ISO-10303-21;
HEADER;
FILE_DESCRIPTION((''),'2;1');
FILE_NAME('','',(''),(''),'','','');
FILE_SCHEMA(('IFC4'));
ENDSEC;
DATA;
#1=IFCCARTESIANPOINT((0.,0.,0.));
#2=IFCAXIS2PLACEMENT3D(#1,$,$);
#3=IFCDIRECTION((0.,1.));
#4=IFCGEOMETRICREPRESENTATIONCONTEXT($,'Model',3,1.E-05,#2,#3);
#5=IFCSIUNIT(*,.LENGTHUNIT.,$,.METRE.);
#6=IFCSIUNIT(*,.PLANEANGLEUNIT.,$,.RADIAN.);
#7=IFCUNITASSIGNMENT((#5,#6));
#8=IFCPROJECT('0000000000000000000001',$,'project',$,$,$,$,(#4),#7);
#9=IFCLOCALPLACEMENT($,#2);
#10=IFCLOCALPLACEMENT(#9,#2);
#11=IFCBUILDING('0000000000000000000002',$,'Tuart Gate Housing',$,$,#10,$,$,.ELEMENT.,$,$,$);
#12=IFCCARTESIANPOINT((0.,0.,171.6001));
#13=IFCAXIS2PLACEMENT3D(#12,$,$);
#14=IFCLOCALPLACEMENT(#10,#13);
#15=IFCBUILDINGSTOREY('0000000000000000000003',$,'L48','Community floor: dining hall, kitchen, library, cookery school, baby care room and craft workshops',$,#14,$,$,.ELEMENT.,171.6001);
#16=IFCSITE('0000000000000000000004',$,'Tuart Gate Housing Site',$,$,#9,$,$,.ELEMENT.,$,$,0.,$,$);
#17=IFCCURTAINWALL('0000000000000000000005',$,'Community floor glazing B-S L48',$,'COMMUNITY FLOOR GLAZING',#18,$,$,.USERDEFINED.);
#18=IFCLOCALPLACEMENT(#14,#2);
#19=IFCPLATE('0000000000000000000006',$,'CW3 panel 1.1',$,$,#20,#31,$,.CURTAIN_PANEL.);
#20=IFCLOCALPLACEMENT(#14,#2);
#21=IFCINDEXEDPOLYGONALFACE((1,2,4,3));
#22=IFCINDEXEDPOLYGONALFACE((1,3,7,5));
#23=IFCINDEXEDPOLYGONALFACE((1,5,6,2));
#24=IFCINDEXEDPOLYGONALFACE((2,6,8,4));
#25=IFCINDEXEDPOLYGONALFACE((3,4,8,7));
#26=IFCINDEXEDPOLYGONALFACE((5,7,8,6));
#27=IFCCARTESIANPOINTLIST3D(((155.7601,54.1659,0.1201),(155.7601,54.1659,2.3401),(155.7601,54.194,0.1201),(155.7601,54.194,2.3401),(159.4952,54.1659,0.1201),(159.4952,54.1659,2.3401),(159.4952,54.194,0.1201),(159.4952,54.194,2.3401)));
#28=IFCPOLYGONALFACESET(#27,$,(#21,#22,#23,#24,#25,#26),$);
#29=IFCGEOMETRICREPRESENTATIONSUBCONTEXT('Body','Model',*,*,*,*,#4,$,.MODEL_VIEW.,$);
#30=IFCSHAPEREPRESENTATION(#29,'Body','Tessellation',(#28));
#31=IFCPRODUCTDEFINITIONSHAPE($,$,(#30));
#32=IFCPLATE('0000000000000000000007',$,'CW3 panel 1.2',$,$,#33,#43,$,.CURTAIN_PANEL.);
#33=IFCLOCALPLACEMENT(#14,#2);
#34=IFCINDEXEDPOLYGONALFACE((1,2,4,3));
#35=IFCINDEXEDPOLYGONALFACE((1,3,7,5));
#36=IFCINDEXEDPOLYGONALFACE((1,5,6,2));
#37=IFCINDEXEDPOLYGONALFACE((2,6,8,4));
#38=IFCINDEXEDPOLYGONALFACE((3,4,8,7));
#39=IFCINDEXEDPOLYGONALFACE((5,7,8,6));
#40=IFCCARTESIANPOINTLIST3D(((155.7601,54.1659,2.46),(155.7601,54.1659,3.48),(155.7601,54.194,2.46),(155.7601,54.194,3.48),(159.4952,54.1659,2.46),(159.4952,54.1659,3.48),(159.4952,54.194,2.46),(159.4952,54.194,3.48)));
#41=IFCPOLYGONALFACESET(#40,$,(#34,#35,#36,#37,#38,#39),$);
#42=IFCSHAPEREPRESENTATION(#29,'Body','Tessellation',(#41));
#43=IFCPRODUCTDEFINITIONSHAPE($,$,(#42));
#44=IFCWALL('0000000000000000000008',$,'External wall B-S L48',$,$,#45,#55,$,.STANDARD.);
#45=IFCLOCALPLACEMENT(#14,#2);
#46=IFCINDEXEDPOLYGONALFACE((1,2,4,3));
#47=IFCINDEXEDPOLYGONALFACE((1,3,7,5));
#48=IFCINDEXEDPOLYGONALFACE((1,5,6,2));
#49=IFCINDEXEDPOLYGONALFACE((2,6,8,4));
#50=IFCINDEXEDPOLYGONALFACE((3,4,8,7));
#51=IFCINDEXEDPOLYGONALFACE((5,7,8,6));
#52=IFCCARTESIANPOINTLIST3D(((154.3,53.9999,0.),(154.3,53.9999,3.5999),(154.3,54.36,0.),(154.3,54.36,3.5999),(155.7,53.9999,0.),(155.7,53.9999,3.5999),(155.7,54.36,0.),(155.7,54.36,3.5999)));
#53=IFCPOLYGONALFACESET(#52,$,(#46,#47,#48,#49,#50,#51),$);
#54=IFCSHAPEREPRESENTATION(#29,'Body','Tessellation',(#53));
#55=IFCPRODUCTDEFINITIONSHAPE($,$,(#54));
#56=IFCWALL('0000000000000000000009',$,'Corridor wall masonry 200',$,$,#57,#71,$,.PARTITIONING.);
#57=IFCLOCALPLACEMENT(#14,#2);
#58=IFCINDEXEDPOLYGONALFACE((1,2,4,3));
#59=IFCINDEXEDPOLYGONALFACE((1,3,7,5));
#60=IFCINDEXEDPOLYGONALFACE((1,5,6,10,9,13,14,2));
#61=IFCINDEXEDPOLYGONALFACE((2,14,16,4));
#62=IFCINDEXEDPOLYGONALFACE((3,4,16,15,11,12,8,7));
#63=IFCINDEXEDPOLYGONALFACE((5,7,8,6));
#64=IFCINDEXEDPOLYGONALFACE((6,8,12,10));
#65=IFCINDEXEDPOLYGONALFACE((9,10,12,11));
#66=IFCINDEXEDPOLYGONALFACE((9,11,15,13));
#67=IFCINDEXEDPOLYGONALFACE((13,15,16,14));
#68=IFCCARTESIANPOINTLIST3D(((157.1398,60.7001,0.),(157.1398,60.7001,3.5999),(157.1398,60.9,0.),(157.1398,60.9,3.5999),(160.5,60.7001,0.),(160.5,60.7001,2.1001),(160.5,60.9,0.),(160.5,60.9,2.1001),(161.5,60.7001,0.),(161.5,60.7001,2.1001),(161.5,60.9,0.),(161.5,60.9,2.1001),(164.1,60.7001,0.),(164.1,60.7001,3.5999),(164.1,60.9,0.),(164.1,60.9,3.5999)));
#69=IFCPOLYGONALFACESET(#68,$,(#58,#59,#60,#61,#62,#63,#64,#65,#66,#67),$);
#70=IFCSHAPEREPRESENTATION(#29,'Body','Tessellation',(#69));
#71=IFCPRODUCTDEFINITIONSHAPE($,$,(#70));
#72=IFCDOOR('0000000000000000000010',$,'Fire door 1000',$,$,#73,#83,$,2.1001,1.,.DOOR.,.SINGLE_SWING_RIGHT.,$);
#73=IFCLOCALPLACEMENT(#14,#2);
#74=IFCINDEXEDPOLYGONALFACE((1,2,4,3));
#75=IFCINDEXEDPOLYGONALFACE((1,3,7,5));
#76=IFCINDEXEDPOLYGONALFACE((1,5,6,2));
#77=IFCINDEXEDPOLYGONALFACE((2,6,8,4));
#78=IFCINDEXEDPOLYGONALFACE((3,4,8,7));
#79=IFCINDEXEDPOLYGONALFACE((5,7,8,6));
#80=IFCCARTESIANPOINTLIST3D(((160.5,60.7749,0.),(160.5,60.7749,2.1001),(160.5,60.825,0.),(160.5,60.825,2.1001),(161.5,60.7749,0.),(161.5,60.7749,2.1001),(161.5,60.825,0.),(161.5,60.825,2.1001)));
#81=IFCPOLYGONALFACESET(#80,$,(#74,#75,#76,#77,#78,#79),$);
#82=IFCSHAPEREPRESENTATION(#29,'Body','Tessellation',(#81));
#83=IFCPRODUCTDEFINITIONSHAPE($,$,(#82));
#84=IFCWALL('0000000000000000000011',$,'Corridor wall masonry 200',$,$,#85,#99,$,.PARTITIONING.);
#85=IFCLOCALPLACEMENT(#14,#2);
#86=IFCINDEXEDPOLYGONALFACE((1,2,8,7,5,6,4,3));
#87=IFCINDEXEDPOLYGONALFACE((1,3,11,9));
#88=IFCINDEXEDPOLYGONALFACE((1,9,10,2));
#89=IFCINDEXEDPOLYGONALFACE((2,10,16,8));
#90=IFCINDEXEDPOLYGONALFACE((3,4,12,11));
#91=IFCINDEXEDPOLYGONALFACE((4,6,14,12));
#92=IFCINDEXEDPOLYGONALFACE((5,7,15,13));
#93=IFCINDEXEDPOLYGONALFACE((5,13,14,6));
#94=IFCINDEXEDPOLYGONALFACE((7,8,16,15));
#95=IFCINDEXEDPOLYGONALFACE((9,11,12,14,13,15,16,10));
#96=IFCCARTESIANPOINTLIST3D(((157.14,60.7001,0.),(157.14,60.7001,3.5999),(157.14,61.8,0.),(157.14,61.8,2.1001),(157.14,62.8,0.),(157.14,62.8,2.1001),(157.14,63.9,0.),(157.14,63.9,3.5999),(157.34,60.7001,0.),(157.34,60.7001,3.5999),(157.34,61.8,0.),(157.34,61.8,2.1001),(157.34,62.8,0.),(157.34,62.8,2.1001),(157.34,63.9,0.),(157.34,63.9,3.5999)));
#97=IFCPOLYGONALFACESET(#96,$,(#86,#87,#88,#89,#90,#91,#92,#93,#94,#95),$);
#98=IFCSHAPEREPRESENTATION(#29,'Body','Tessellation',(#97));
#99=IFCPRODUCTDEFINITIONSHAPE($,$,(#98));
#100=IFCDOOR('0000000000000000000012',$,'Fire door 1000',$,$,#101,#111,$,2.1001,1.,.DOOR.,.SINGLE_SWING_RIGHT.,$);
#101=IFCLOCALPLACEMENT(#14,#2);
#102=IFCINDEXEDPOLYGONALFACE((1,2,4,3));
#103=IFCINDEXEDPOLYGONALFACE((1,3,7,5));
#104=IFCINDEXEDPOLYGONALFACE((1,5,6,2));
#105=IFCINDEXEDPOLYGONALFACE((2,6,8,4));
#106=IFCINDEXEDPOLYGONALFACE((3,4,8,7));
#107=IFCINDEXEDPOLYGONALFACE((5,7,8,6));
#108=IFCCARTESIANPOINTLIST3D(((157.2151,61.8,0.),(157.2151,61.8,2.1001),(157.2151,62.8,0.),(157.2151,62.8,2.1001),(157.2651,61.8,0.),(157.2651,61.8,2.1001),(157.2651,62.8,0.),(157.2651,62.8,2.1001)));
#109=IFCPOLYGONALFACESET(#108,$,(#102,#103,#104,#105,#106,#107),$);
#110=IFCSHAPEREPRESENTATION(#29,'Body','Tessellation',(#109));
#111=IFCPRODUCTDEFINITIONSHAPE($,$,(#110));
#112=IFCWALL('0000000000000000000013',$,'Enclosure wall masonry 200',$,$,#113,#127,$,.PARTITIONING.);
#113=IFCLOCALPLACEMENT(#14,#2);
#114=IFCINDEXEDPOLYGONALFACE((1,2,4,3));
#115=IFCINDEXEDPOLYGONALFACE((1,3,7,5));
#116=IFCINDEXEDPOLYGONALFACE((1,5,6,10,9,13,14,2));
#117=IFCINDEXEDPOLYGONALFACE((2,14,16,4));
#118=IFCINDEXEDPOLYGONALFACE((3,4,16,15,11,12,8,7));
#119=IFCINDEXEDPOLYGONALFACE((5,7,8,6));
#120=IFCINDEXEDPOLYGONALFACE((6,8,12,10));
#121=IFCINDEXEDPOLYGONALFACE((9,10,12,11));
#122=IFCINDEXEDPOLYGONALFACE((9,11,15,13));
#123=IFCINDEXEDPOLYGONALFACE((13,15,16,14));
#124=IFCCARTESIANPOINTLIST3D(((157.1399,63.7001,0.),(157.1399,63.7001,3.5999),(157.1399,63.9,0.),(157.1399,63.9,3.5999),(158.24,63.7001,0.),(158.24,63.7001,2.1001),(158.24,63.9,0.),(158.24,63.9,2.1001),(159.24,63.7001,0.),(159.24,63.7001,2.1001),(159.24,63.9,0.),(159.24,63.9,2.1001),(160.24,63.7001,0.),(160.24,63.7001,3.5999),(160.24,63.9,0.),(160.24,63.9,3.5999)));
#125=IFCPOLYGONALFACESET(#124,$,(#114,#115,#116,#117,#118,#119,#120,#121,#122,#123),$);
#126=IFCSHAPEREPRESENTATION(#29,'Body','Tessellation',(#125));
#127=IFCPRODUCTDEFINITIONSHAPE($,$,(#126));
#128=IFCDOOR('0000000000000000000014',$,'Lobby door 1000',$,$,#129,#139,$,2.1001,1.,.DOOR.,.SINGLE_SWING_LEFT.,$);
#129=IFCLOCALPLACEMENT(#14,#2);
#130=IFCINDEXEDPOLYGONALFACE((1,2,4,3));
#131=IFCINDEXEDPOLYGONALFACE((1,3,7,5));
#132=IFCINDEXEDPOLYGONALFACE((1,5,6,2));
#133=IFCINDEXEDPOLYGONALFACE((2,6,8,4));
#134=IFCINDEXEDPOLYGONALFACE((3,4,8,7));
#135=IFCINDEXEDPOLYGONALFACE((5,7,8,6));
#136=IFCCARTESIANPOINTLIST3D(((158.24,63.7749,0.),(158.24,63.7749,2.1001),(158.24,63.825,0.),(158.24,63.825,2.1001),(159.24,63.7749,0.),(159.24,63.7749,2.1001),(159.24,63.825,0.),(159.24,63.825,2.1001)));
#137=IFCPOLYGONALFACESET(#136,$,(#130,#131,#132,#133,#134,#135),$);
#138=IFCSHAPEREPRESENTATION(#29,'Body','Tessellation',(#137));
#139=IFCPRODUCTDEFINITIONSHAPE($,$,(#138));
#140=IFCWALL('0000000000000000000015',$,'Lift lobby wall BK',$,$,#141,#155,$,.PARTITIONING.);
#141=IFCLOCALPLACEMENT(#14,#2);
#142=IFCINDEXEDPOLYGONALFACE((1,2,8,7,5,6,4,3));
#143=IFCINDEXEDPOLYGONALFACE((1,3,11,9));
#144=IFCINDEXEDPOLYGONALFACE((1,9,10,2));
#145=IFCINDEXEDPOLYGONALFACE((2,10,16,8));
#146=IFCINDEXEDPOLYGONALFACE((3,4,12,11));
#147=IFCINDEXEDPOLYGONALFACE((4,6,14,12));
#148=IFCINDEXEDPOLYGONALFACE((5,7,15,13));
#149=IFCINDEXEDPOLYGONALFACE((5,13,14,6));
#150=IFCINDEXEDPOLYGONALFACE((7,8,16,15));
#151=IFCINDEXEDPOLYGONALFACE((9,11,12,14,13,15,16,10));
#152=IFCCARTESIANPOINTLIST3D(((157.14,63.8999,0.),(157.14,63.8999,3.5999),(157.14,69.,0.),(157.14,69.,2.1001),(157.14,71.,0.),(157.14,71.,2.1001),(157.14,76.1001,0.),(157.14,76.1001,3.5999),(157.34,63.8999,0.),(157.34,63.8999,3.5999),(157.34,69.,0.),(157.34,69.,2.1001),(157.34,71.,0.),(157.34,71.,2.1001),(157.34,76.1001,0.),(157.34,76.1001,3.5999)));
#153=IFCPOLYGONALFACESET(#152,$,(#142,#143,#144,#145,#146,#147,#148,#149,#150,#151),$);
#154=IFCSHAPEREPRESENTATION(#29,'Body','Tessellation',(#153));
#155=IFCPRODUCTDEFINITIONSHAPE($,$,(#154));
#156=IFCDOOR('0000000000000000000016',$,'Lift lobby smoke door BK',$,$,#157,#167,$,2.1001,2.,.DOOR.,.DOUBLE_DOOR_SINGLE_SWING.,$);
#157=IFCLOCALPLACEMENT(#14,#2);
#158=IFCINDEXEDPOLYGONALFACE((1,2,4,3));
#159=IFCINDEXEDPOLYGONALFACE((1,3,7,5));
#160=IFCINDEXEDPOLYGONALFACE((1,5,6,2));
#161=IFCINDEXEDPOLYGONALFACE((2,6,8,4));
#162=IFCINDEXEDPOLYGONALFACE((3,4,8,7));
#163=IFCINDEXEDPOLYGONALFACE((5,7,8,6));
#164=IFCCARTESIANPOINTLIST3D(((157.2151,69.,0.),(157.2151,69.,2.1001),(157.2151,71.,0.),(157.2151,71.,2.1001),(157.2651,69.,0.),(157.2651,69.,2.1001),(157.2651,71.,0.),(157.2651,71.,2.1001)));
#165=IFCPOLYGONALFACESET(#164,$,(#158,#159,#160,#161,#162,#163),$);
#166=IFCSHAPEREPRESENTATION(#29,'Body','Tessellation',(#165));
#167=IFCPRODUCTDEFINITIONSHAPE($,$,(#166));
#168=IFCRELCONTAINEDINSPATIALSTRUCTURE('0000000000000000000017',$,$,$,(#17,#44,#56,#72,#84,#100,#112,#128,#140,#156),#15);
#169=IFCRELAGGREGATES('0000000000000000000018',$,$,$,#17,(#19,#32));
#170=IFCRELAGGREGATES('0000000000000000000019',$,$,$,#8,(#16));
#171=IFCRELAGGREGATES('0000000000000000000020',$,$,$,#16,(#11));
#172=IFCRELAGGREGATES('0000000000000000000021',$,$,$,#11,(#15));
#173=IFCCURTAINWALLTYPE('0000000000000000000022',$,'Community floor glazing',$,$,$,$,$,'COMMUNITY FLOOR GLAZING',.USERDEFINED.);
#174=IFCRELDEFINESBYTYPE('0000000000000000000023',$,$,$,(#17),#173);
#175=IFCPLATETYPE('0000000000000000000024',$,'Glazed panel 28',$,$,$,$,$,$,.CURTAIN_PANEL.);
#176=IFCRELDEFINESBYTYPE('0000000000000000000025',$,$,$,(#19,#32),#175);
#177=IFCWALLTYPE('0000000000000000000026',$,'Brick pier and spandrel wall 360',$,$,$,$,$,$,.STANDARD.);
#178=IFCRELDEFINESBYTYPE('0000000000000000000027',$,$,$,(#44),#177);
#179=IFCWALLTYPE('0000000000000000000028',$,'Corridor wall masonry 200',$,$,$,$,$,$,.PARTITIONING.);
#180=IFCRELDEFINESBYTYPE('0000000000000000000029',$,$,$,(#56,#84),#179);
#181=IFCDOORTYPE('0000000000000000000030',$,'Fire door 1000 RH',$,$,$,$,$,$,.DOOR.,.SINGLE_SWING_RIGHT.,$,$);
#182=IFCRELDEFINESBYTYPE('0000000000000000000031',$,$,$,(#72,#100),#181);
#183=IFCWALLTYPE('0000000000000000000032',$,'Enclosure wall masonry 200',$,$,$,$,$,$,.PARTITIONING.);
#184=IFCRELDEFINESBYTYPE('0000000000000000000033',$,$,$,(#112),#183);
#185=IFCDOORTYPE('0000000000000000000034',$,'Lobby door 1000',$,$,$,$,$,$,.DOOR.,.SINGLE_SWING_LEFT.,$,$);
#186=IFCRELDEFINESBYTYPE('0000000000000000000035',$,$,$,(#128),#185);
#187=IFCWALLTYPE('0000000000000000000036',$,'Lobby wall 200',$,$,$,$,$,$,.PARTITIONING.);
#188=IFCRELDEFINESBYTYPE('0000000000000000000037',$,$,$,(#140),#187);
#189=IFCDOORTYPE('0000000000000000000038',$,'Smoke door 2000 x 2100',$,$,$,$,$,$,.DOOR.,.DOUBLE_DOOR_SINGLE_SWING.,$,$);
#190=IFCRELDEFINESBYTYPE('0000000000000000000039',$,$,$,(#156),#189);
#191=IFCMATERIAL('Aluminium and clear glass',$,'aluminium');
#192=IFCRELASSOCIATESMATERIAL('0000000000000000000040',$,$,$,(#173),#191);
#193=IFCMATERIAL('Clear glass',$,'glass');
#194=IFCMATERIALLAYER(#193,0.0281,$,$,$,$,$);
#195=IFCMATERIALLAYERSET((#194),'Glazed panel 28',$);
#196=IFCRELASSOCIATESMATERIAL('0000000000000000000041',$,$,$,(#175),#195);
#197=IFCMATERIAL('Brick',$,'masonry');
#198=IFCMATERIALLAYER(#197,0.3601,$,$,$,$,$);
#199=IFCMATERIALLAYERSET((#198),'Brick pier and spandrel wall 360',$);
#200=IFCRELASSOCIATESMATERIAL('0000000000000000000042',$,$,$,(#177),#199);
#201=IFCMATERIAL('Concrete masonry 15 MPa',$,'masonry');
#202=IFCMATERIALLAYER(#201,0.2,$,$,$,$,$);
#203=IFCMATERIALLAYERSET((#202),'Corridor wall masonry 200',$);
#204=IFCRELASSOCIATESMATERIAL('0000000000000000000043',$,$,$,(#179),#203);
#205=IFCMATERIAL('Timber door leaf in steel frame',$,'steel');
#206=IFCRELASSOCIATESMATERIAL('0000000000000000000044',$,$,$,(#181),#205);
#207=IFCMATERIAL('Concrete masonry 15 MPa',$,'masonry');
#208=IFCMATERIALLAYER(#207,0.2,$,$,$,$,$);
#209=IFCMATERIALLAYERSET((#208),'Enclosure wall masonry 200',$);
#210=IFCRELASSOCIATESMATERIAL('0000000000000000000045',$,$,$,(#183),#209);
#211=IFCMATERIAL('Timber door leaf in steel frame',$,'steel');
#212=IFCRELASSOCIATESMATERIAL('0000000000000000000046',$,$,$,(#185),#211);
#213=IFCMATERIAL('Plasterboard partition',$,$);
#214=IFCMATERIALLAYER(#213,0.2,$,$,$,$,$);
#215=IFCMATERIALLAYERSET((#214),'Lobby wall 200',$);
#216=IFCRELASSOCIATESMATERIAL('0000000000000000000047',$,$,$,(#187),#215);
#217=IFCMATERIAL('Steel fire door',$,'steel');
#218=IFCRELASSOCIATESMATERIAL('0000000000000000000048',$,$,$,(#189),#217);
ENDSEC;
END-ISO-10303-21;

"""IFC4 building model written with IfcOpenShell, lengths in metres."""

from ifc_helpers import new_model, si_unit, direction, frame, frame_2d, origin, origin_2d, place, context, subcontext, project, spatial, rectangle, extrude, material, layer, layer_set, type_object, element, fill, aggregate, save


model = new_model("IFC4")

# Units and contexts
model_context = context("Model", 3, precision=1e-05, world=origin(), true_north=direction((0.0, 1.0)))
body_context = subcontext(model_context, "Body", "Model", "MODEL_VIEW")
ifc_project = project(units=[si_unit("LENGTHUNIT", "METRE"), si_unit("PLANEANGLEUNIT", "RADIAN")], contexts=[model_context])

# Site, building, storey
site_placement = place(None, origin())
site = spatial("IfcSite", under=ifc_project, at=site_placement, Name="Tuart Gate Housing Site", CompositionType="ELEMENT", RefElevation=0.0)
building_placement = place(site_placement, origin())
building = spatial("IfcBuilding", under=site, at=building_placement, Name="Tuart Gate Housing", CompositionType="ELEMENT")
storey_placement = place(building_placement, frame((0.0, 0.0, 171.6001)))
storey = spatial("IfcBuildingStorey", under=building, at=storey_placement, Name="L48", Description="Community floor: dining hall, kitchen, library, cookery school, baby care room and craft workshops", CompositionType="ELEMENT", Elevation=171.6001)

# Shared definitions
ifc_material_1 = material(Name="Aluminium and clear glass", Category="aluminium")
curtain_wall_type = type_object("IfcCurtainWallType", Name="Community floor glazing", ElementType="COMMUNITY FLOOR GLAZING", PredefinedType="USERDEFINED", material=ifc_material_1)

# Curtain wall
curtain_wall_1_placement = place(storey_placement, origin())
curtain_wall_1 = element("IfcCurtainWall", 1, at=curtain_wall_1_placement, inside=storey, type_object=curtain_wall_type, Name="Community floor glazing B-S L48", ObjectType="COMMUNITY FLOOR GLAZING", PredefinedType="USERDEFINED")

# Plates
ifc_material_2 = material(Name="Clear glass", Category="glass")
ifc_layer_1 = layer(ifc_material_2, 0.0281)
ifc_layer_set_1 = layer_set([ifc_layer_1], Name="Glazed panel 28")
plate_type = type_object("IfcPlateType", Name="Glazed panel 28", PredefinedType="CURTAIN_PANEL", material=ifc_layer_set_1)
plate_1_placement = place(storey_placement, frame((157.6277, 54.1799, 0.1201), z_axis=(0.0, 0.0, 1.0), x_axis=(1.0, 0.0, 0.0)))
plate_1 = element("IfcPlate", 2, at=plate_1_placement, type_object=plate_type, Name="CW3 panel 1.1", PredefinedType="CURTAIN_PANEL", context=body_context, shape_type="SweptSolid", body=[
    extrude(rectangle(XDim=3.7351, YDim=0.0281, at=origin_2d()), origin(), (0.0, 0.0, 1.0), 2.22),
])
plate_2_placement = place(storey_placement, frame((157.6277, 54.1799, 2.46), z_axis=(0.0, 0.0, 1.0), x_axis=(1.0, 0.0, 0.0)))
plate_2 = element("IfcPlate", 3, at=plate_2_placement, type_object=plate_type, Name="CW3 panel 1.2", PredefinedType="CURTAIN_PANEL", context=body_context, shape_type="SweptSolid", body=[
    extrude(rectangle(XDim=3.7351, YDim=0.0281, at=origin_2d()), origin(), (0.0, 0.0, 1.0), 1.02),
])
aggregate(curtain_wall_1, [plate_1, plate_2])

# Wall
ifc_material_3 = material(Name="Brick", Category="masonry")
ifc_layer_2 = layer(ifc_material_3, 0.3601)
ifc_layer_set_2 = layer_set([ifc_layer_2], Name="Brick pier and spandrel wall 360")
wall_type_1 = type_object("IfcWallType", Name="Brick pier and spandrel wall 360", PredefinedType="STANDARD", material=ifc_layer_set_2)
wall_1_placement = place(storey_placement, frame((154.3, 54.1799, 0.0), z_axis=(0.0, 0.0, 1.0), x_axis=(1.0, 0.0, 0.0)))
element("IfcWall", 4, at=wall_1_placement, inside=storey, type_object=wall_type_1, Name="External wall B-S L48", PredefinedType="STANDARD", context=body_context, shape_type="SweptSolid", body=[
    extrude(rectangle(XDim=1.3999, YDim=0.3601, at=frame_2d((0.7, 0.0))), origin(), (0.0, 0.0, 1.0), 3.5999),
])

# Walls, openings, doors
ifc_material_4 = material(Name="Concrete masonry 15 MPa", Category="masonry")
ifc_layer_3 = layer(ifc_material_4, 0.2)
ifc_layer_set_3 = layer_set([ifc_layer_3], Name="Corridor wall masonry 200")
wall_type_2 = type_object("IfcWallType", Name="Corridor wall masonry 200", PredefinedType="PARTITIONING", material=ifc_layer_set_3)
wall_2_placement = place(storey_placement, frame((157.1399, 60.8, 0.0), z_axis=(0.0, 0.0, 1.0), x_axis=(1.0, 0.0, 0.0)))
wall_2 = element("IfcWall", 5, at=wall_2_placement, inside=storey, type_object=wall_type_2, Name="Corridor wall masonry 200", PredefinedType="PARTITIONING", context=body_context, shape_type="SweptSolid", body=[
    extrude(rectangle(XDim=6.9602, YDim=0.2, at=frame_2d((3.48, 0.0))), origin(), (0.0, 0.0, 1.0), 3.5999),
])
opening_1_placement = place(wall_2_placement, frame((3.3601, 0.0, 0.0)))
opening_1 = element("IfcOpeningElement", 6, at=opening_1_placement, cuts=wall_2, PredefinedType="OPENING", context=body_context, shape_type="SweptSolid", body=[
    extrude(rectangle(XDim=1.0, YDim=2.1001, at=frame_2d((0.5, 1.05))), frame((0.0, 0.1099, 0.0), z_axis=(0.0, -1.0, 0.0), x_axis=(1.0, 0.0, 0.0)), (0.0, 0.0, 1.0), 0.22),
])
ifc_material_5 = material(Name="Timber door leaf in steel frame", Category="steel")
door_type_1 = type_object("IfcDoorType", Name="Fire door 1000 RH", OperationType="SINGLE_SWING_RIGHT", PredefinedType="DOOR", material=ifc_material_5)
door_1_placement = place(opening_1_placement, frame((1.0, 0.0, 0.0), z_axis=(0.0, 0.0, 1.0), x_axis=(-1.0, 0.0, 0.0)))
door_1 = element("IfcDoor", 7, at=door_1_placement, inside=storey, type_object=door_type_1, Name="Fire door 1000", OperationType="SINGLE_SWING_RIGHT", OverallHeight=2.1001, OverallWidth=1.0, PredefinedType="DOOR", context=body_context, shape_type="SweptSolid", body=[
    extrude(rectangle(XDim=1.0, YDim=2.1001, at=frame_2d((0.5, 1.05))), frame((0.0, 0.0251, 0.0), z_axis=(0.0, -1.0, 0.0), x_axis=(1.0, 0.0, 0.0)), (0.0, 0.0, 1.0), 0.05),
])
fill(opening_1, door_1)
wall_3_placement = place(storey_placement, frame((157.24, 60.7, 0.0), z_axis=(0.0, 0.0, 1.0), x_axis=(0.0, 1.0, 0.0)))
wall_3 = element("IfcWall", 8, at=wall_3_placement, inside=storey, type_object=wall_type_2, Name="Corridor wall masonry 200", PredefinedType="PARTITIONING", context=body_context, shape_type="SweptSolid", body=[
    extrude(rectangle(XDim=3.2, YDim=0.2, at=frame_2d((1.6001, 0.0))), origin(), (0.0, 0.0, 1.0), 3.5999),
])
opening_2_placement = place(wall_3_placement, frame((1.1001, 0.0, 0.0)))
opening_2 = element("IfcOpeningElement", 9, at=opening_2_placement, cuts=wall_3, PredefinedType="OPENING", context=body_context, shape_type="SweptSolid", body=[
    extrude(rectangle(XDim=1.0, YDim=2.1001, at=frame_2d((0.5, 1.05))), frame((0.0, 0.1099, 0.0), z_axis=(0.0, -1.0, 0.0), x_axis=(1.0, 0.0, 0.0)), (0.0, 0.0, 1.0), 0.22),
])
door_2_placement = place(opening_2_placement, origin())
door_2 = element("IfcDoor", 10, at=door_2_placement, inside=storey, type_object=door_type_1, Name="Fire door 1000", OperationType="SINGLE_SWING_RIGHT", OverallHeight=2.1001, OverallWidth=1.0, PredefinedType="DOOR", context=body_context, shape_type="SweptSolid", body=[
    extrude(rectangle(XDim=1.0, YDim=2.1001, at=frame_2d((0.5, 1.05))), frame((0.0, 0.0249, 0.0), z_axis=(0.0, -1.0, 0.0), x_axis=(1.0, 0.0, 0.0)), (0.0, 0.0, 1.0), 0.05),
])
fill(opening_2, door_2)
ifc_material_6 = material(Name="Concrete masonry 15 MPa", Category="masonry")
ifc_layer_4 = layer(ifc_material_6, 0.2)
ifc_layer_set_4 = layer_set([ifc_layer_4], Name="Enclosure wall masonry 200")
wall_type_3 = type_object("IfcWallType", Name="Enclosure wall masonry 200", PredefinedType="PARTITIONING", material=ifc_layer_set_4)
wall_4_placement = place(storey_placement, frame((157.1399, 63.8, 0.0), z_axis=(0.0, 0.0, 1.0), x_axis=(1.0, 0.0, 0.0)))
wall_4 = element("IfcWall", 11, at=wall_4_placement, inside=storey, type_object=wall_type_3, Name="Enclosure wall masonry 200", PredefinedType="PARTITIONING", context=body_context, shape_type="SweptSolid", body=[
    extrude(rectangle(XDim=3.1001, YDim=0.2, at=frame_2d((1.55, 0.0))), origin(), (0.0, 0.0, 1.0), 3.5999),
])
opening_3_placement = place(wall_4_placement, frame((1.1001, 0.0, 0.0)))
opening_3 = element("IfcOpeningElement", 12, at=opening_3_placement, cuts=wall_4, PredefinedType="OPENING", context=body_context, shape_type="SweptSolid", body=[
    extrude(rectangle(XDim=1.0, YDim=2.1001, at=frame_2d((0.5, 1.05))), frame((0.0, 0.1099, 0.0), z_axis=(0.0, -1.0, 0.0), x_axis=(1.0, 0.0, 0.0)), (0.0, 0.0, 1.0), 0.22),
])
ifc_material_7 = material(Name="Timber door leaf in steel frame", Category="steel")
door_type_2 = type_object("IfcDoorType", Name="Lobby door 1000", OperationType="SINGLE_SWING_LEFT", PredefinedType="DOOR", material=ifc_material_7)
door_3_placement = place(opening_3_placement, origin())
door_3 = element("IfcDoor", 13, at=door_3_placement, inside=storey, type_object=door_type_2, Name="Lobby door 1000", OperationType="SINGLE_SWING_LEFT", OverallHeight=2.1001, OverallWidth=1.0, PredefinedType="DOOR", context=body_context, shape_type="SweptSolid", body=[
    extrude(rectangle(XDim=1.0, YDim=2.1001, at=frame_2d((0.5, 1.05))), frame((0.0, 0.0249, 0.0), z_axis=(0.0, -1.0, 0.0), x_axis=(1.0, 0.0, 0.0)), (0.0, 0.0, 1.0), 0.05),
])
fill(opening_3, door_3)
ifc_material_8 = material(Name="Plasterboard partition")
ifc_layer_5 = layer(ifc_material_8, 0.2)
ifc_layer_set_5 = layer_set([ifc_layer_5], Name="Lobby wall 200")
wall_type_4 = type_object("IfcWallType", Name="Lobby wall 200", PredefinedType="PARTITIONING", material=ifc_layer_set_5)
wall_5_placement = place(storey_placement, frame((157.24, 63.8999, 0.0), z_axis=(0.0, 0.0, 1.0), x_axis=(0.0, 1.0, 0.0)))
wall_5 = element("IfcWall", 14, at=wall_5_placement, inside=storey, type_object=wall_type_4, Name="Lift lobby wall BK", PredefinedType="PARTITIONING", context=body_context, shape_type="SweptSolid", body=[
    extrude(rectangle(XDim=12.2002, YDim=0.2, at=frame_2d((6.1001, 0.0))), origin(), (0.0, 0.0, 1.0), 3.5999),
])
opening_4_placement = place(wall_5_placement, frame((5.1001, 0.0, 0.0)))
opening_4 = element("IfcOpeningElement", 15, at=opening_4_placement, cuts=wall_5, PredefinedType="OPENING", context=body_context, shape_type="SweptSolid", body=[
    extrude(rectangle(XDim=2.0, YDim=2.1001, at=frame_2d((1.0, 1.05))), frame((0.0, 0.1099, 0.0), z_axis=(0.0, -1.0, 0.0), x_axis=(1.0, 0.0, 0.0)), (0.0, 0.0, 1.0), 0.22),
])
ifc_material_9 = material(Name="Steel fire door", Category="steel")
door_type_3 = type_object("IfcDoorType", Name="Smoke door 2000 x 2100", OperationType="DOUBLE_DOOR_SINGLE_SWING", PredefinedType="DOOR", material=ifc_material_9)
door_4_placement = place(opening_4_placement, frame((2.0, 0.0, 0.0), z_axis=(0.0, 0.0, 1.0), x_axis=(-1.0, 0.0, 0.0)))
door_4 = element("IfcDoor", 16, at=door_4_placement, inside=storey, type_object=door_type_3, Name="Lift lobby smoke door BK", OperationType="DOUBLE_DOOR_SINGLE_SWING", OverallHeight=2.1001, OverallWidth=2.0, PredefinedType="DOOR", context=body_context, shape_type="SweptSolid", body=[
    extrude(rectangle(XDim=2.0, YDim=2.1001, at=frame_2d((1.0, 1.05))), frame((0.0, 0.0251, 0.0), z_axis=(0.0, -1.0, 0.0), x_axis=(1.0, 0.0, 0.0)), (0.0, 0.0, 1.0), 0.05),
])
fill(opening_4, door_4)

save(model, "model.ifc")
